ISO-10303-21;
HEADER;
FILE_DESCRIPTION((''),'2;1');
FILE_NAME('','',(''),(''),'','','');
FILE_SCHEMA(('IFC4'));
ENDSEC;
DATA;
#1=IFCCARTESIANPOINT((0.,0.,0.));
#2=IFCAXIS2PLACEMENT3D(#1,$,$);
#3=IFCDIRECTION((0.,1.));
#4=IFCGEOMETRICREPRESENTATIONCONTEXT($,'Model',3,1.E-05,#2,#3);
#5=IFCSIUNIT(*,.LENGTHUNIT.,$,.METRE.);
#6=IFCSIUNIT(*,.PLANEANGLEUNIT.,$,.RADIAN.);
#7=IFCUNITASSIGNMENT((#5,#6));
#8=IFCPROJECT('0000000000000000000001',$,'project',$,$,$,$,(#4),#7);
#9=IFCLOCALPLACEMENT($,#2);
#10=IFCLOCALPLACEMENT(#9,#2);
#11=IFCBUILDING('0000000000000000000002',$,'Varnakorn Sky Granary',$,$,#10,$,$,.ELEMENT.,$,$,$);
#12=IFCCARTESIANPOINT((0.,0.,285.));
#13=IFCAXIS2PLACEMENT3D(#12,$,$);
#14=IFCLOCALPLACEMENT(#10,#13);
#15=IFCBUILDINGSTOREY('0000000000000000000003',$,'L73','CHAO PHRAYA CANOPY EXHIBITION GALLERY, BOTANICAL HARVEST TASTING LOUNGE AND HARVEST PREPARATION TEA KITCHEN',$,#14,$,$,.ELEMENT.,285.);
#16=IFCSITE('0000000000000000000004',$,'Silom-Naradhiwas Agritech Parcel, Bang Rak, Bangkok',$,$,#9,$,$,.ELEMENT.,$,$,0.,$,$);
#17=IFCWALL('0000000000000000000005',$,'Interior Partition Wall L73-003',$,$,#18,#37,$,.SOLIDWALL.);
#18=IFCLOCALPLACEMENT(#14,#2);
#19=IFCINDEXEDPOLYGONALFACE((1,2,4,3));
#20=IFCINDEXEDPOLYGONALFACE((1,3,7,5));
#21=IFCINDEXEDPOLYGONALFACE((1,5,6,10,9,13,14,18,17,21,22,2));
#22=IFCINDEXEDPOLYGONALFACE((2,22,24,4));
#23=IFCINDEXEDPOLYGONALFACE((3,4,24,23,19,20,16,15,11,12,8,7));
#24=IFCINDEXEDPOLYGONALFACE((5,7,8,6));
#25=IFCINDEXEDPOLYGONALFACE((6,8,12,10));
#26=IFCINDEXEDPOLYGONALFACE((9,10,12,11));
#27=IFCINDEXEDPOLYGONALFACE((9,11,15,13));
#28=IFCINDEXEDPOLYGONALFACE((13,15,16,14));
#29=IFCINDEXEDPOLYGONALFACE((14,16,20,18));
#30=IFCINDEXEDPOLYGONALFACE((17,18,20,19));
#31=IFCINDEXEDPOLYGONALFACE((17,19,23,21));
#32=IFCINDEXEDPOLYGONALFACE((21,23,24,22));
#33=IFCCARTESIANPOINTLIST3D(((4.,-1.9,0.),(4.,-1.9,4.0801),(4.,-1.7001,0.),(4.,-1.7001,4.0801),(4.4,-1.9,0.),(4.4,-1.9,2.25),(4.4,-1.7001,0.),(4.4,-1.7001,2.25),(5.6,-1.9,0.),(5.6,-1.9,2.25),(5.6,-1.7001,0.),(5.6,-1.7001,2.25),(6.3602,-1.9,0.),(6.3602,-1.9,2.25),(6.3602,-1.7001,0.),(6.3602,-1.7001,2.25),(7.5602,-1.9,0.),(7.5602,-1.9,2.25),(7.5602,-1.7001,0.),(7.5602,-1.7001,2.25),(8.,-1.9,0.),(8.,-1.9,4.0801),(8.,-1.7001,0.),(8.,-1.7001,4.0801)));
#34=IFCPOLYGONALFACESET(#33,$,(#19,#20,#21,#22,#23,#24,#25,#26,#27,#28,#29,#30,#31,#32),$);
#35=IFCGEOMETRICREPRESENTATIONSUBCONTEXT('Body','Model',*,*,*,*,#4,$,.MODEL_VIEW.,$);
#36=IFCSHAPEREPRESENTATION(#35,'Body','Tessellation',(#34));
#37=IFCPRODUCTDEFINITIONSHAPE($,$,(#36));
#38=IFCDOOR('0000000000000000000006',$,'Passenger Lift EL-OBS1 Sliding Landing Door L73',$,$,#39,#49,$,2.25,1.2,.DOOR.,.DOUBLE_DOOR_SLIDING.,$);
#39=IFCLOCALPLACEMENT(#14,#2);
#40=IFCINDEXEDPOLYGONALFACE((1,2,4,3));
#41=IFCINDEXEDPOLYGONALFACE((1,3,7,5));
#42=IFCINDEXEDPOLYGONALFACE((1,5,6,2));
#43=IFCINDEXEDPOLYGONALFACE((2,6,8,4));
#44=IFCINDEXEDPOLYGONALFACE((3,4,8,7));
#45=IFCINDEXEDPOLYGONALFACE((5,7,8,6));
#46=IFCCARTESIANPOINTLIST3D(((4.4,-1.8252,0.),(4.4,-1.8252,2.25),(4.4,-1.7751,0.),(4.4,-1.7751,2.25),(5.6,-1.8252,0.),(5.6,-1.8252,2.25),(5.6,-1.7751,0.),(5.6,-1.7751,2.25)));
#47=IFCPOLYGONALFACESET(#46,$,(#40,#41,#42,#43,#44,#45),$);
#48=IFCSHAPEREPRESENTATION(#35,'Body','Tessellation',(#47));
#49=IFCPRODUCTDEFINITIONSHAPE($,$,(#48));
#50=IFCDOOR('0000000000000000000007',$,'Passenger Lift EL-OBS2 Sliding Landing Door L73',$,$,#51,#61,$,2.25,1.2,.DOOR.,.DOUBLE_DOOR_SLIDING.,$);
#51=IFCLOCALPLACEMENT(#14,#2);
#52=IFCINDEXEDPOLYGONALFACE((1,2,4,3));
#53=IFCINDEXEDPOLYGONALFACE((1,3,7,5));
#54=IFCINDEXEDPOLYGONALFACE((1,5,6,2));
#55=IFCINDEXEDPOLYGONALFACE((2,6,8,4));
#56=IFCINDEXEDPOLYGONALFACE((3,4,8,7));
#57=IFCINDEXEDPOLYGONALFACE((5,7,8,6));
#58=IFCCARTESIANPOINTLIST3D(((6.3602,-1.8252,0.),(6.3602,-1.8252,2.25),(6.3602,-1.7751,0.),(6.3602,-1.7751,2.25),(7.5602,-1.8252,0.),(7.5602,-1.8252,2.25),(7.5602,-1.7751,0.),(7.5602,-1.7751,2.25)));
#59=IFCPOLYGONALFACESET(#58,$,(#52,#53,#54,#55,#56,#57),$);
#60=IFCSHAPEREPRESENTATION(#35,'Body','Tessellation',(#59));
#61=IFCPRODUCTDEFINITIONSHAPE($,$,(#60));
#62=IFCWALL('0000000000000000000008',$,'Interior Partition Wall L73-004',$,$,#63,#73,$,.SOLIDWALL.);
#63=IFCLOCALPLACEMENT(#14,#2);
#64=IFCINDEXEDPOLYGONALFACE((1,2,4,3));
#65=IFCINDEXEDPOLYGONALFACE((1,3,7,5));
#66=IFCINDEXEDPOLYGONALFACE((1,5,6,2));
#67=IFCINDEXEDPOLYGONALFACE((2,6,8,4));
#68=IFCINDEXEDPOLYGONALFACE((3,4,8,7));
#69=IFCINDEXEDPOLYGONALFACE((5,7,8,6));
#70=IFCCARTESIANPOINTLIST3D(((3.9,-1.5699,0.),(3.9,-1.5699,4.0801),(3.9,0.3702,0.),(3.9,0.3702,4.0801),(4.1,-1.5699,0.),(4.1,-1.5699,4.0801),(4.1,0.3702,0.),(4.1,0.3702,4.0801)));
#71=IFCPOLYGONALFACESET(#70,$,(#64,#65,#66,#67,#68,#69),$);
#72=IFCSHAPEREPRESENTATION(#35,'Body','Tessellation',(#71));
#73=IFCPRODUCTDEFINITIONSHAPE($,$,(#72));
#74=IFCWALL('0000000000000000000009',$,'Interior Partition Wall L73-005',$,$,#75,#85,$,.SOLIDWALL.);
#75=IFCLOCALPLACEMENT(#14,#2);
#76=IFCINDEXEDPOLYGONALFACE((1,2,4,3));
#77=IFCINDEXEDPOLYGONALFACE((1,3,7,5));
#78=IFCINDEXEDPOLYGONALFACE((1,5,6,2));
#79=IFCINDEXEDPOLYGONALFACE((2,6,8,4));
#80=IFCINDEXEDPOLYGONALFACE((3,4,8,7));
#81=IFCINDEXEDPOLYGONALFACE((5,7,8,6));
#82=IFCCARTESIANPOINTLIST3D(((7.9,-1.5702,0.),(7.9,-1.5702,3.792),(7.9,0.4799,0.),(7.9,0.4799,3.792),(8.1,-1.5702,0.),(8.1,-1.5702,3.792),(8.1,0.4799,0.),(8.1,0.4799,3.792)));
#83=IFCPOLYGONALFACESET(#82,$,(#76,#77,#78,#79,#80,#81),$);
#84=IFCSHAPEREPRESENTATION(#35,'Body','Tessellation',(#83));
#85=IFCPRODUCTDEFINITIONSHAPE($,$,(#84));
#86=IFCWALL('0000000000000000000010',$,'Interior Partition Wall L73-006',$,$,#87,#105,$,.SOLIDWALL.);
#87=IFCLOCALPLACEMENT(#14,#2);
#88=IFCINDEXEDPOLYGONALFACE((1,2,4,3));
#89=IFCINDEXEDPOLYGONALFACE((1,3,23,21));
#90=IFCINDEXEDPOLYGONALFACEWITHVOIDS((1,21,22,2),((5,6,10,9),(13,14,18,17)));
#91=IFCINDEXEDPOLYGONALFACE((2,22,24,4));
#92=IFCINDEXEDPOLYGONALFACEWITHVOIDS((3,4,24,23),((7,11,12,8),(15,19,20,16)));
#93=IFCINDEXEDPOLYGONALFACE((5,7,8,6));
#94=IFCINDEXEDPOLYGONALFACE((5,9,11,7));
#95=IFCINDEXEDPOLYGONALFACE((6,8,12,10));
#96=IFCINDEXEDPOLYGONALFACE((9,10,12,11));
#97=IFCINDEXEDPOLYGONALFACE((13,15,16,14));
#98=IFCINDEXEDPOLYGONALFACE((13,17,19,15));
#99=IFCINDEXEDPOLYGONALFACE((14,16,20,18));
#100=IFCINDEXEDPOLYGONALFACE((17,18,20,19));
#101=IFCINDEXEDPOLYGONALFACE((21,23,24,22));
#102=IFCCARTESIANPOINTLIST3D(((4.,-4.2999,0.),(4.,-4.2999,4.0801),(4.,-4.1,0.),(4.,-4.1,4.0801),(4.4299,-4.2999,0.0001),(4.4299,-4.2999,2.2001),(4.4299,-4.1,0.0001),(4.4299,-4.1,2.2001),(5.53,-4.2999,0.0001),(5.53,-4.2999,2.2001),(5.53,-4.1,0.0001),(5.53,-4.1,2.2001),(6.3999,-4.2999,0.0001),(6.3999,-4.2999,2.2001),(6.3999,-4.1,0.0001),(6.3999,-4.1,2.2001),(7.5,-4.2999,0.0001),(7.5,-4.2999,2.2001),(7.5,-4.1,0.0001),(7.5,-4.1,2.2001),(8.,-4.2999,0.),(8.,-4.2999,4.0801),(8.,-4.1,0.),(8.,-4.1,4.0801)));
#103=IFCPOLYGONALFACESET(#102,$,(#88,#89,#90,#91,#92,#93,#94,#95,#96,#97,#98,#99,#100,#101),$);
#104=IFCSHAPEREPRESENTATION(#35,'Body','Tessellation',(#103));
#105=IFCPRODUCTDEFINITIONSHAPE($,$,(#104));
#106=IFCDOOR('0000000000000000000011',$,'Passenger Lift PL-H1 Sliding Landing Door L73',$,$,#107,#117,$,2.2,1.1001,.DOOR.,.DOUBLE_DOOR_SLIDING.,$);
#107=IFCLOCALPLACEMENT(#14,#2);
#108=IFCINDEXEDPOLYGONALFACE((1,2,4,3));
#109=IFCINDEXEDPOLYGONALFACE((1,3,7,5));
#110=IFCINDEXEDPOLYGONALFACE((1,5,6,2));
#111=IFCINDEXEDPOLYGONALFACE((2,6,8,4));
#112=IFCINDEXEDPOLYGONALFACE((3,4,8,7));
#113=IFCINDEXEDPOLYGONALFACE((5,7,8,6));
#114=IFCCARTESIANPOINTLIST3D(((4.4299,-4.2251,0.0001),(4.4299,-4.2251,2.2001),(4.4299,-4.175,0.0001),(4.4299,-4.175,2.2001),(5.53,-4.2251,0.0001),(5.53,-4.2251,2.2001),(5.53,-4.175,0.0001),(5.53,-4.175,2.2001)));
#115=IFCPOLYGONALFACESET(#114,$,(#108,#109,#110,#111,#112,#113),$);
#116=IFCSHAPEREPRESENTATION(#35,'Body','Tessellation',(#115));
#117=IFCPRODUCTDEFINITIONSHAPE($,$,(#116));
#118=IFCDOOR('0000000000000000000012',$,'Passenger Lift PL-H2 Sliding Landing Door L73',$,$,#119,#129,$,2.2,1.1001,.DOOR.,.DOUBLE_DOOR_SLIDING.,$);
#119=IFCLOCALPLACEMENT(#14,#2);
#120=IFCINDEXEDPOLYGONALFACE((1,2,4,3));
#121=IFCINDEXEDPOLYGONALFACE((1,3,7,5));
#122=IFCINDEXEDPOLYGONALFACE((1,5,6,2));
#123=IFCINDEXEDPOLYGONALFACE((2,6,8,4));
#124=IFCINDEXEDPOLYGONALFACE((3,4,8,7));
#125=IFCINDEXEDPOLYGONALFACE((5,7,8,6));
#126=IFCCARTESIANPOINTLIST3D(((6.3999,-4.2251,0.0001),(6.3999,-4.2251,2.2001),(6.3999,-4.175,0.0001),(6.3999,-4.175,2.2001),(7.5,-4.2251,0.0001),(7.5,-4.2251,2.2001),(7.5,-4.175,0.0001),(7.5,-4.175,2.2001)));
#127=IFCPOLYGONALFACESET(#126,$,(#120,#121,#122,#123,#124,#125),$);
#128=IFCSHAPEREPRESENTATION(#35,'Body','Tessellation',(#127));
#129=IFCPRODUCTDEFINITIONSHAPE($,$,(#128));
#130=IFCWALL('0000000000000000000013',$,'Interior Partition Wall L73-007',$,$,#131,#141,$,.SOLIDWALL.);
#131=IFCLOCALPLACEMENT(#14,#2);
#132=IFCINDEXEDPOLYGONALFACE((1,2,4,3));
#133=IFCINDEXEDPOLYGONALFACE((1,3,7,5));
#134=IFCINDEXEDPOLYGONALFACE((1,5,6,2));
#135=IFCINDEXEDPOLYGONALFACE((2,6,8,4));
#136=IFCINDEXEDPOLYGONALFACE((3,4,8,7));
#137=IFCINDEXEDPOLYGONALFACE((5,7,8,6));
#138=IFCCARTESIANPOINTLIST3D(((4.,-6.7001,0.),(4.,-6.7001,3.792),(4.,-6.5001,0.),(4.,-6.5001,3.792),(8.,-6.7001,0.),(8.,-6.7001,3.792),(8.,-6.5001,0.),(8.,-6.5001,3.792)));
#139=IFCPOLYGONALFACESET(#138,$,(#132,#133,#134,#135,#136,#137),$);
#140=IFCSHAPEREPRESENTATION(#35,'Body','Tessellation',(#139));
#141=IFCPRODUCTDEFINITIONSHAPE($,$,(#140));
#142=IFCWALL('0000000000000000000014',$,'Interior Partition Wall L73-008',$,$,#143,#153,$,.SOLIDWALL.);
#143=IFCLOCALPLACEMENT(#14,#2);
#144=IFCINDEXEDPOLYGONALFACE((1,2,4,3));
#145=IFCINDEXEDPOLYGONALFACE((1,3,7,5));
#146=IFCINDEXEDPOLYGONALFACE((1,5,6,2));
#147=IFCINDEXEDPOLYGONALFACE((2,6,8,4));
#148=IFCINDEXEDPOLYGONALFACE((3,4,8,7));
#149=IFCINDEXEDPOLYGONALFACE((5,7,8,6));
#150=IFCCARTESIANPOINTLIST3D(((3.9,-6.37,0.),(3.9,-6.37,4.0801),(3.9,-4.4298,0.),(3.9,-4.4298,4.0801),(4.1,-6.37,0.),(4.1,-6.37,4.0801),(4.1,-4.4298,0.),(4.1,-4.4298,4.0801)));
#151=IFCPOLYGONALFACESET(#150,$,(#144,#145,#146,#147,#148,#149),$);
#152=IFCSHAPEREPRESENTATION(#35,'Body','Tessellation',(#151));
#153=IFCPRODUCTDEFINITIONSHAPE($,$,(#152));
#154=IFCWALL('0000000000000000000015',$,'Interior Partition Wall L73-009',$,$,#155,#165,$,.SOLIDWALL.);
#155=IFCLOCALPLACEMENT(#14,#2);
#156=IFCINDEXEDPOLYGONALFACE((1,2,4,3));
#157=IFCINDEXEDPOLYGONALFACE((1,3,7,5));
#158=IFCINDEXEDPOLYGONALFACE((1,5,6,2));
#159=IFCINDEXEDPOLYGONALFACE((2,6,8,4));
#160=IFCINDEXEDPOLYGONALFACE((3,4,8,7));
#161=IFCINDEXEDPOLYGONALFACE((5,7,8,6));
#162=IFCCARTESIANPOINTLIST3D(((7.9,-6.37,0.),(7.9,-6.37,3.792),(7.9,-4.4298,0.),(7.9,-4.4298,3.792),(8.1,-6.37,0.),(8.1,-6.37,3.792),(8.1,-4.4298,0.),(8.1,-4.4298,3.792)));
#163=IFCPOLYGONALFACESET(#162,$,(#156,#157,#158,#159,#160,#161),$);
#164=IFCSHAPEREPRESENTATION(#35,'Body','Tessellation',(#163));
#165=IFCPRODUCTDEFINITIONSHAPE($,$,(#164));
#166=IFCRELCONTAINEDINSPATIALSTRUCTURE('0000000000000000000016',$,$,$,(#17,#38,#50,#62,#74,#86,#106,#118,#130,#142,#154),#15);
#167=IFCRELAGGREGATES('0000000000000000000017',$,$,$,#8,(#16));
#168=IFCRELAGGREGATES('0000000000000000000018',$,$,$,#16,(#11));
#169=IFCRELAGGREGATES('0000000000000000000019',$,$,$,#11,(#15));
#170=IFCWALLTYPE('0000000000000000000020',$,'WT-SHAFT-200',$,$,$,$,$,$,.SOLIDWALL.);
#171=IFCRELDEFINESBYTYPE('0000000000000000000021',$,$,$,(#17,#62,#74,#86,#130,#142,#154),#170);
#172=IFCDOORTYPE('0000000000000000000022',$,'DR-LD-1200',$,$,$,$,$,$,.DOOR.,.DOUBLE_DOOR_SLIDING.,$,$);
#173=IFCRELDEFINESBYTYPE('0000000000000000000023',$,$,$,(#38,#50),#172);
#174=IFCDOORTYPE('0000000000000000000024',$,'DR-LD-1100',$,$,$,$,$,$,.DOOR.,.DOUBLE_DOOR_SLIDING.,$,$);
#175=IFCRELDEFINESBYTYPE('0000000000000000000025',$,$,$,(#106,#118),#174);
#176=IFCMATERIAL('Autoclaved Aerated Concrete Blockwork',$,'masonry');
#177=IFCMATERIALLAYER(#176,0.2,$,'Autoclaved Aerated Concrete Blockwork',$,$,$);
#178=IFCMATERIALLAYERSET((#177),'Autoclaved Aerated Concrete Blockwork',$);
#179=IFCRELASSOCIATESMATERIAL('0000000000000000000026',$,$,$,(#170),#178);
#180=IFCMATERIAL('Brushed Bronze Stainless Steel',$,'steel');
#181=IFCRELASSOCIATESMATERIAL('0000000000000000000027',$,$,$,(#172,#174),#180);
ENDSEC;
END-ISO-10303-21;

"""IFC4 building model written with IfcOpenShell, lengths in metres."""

from ifc_helpers import new_model, si_unit, direction, frame, frame_2d, origin, place, context, subcontext, project, spatial, rectangle, extrude, material, layer, layer_set, type_object, element, fill, save


model = new_model("IFC4")

# Units and contexts
model_context = context("Model", 3, precision=1e-05, world=origin(), true_north=direction((0.0, 1.0)))
body_context = subcontext(model_context, "Body", "Model", "MODEL_VIEW")
ifc_project = project(units=[si_unit("LENGTHUNIT", "METRE"), si_unit("PLANEANGLEUNIT", "RADIAN")], contexts=[model_context])

# Site, building, storey
site_placement = place(None, origin())
site = spatial("IfcSite", under=ifc_project, at=site_placement, Name="Silom-Naradhiwas Agritech Parcel, Bang Rak, Bangkok", CompositionType="ELEMENT", RefElevation=0.0)
building_placement = place(site_placement, origin())
building = spatial("IfcBuilding", under=site, at=building_placement, Name="Varnakorn Sky Granary", CompositionType="ELEMENT")
storey_placement = place(building_placement, frame((0.0, 0.0, 285.0)))
storey = spatial("IfcBuildingStorey", under=building, at=storey_placement, Name="L73", Description="CHAO PHRAYA CANOPY EXHIBITION GALLERY, BOTANICAL HARVEST TASTING LOUNGE AND HARVEST PREPARATION TEA KITCHEN", CompositionType="ELEMENT", Elevation=285.0)

# Shared definitions
ifc_material_1 = material(Name="Autoclaved Aerated Concrete Blockwork", Category="masonry")

# Wall, openings, doors
ifc_layer_1 = layer(ifc_material_1, 0.2, Name="Autoclaved Aerated Concrete Blockwork")
ifc_layer_set_1 = layer_set([ifc_layer_1], Name="Autoclaved Aerated Concrete Blockwork")
wall_type_1 = type_object("IfcWallType", Name="WT-SHAFT-200", PredefinedType="SOLIDWALL", material=ifc_layer_set_1)
wall_1_placement = place(storey_placement, frame((4.0, -1.8, 0.0), z_axis=(0.0, 0.0, 1.0), x_axis=(1.0, 0.0, 0.0)))
wall_1 = element("IfcWall", 1, at=wall_1_placement, inside=storey, type_object=wall_type_1, Name="Interior Partition Wall L73-003", PredefinedType="SOLIDWALL", context=body_context, shape_type="SweptSolid", body=[
    extrude(rectangle(XDim=4.0, YDim=0.2, at=frame_2d((2.0, 0.0))), origin(), (0.0, 0.0, 1.0), 4.0801),
])
opening_1_placement = place(wall_1_placement, frame((0.3999, 0.0, 0.0)))
opening_1 = element("IfcOpeningElement", 2, at=opening_1_placement, cuts=wall_1, PredefinedType="OPENING", context=body_context, shape_type="SweptSolid", body=[
    extrude(rectangle(XDim=1.2, YDim=2.25, at=frame_2d((0.6001, 1.125))), frame((0.0, 0.1099, 0.0), z_axis=(0.0, -1.0, 0.0), x_axis=(1.0, 0.0, 0.0)), (0.0, 0.0, 1.0), 0.22),
])
opening_2_placement = place(wall_1_placement, frame((2.3601, 0.0, 0.0)))
opening_2 = element("IfcOpeningElement", 3, at=opening_2_placement, cuts=wall_1, PredefinedType="OPENING", context=body_context, shape_type="SweptSolid", body=[
    extrude(rectangle(XDim=1.2, YDim=2.25, at=frame_2d((0.6001, 1.125))), frame((0.0, 0.1099, 0.0), z_axis=(0.0, -1.0, 0.0), x_axis=(1.0, 0.0, 0.0)), (0.0, 0.0, 1.0), 0.22),
])
ifc_material_2 = material(Name="Brushed Bronze Stainless Steel", Category="steel")
door_type_1 = type_object("IfcDoorType", Name="DR-LD-1200", OperationType="DOUBLE_DOOR_SLIDING", PredefinedType="DOOR", material=ifc_material_2)
door_1_placement = place(opening_1_placement, origin())
door_1 = element("IfcDoor", 4, at=door_1_placement, inside=storey, type_object=door_type_1, Name="Passenger Lift EL-OBS1 Sliding Landing Door L73", OperationType="DOUBLE_DOOR_SLIDING", OverallHeight=2.25, OverallWidth=1.2, PredefinedType="DOOR", context=body_context, shape_type="SweptSolid", body=[
    extrude(rectangle(XDim=1.2, YDim=2.25, at=frame_2d((0.6001, 1.125))), frame((0.0, 0.0249, 0.0), z_axis=(0.0, -1.0, 0.0), x_axis=(1.0, 0.0, 0.0)), (0.0, 0.0, 1.0), 0.05),
])
fill(opening_1, door_1)
door_2_placement = place(opening_2_placement, origin())
door_2 = element("IfcDoor", 5, at=door_2_placement, inside=storey, type_object=door_type_1, Name="Passenger Lift EL-OBS2 Sliding Landing Door L73", OperationType="DOUBLE_DOOR_SLIDING", OverallHeight=2.25, OverallWidth=1.2, PredefinedType="DOOR", context=body_context, shape_type="SweptSolid", body=[
    extrude(rectangle(XDim=1.2, YDim=2.25, at=frame_2d((0.6001, 1.125))), frame((0.0, 0.0249, 0.0), z_axis=(0.0, -1.0, 0.0), x_axis=(1.0, 0.0, 0.0)), (0.0, 0.0, 1.0), 0.05),
])
fill(opening_2, door_2)

# Walls
wall_2_placement = place(storey_placement, frame((4.0, -1.5701, 0.0), z_axis=(0.0, 0.0, 1.0), x_axis=(0.0, 1.0, 0.0)))
element("IfcWall", 6, at=wall_2_placement, inside=storey, type_object=wall_type_1, Name="Interior Partition Wall L73-004", PredefinedType="SOLIDWALL", context=body_context, shape_type="SweptSolid", body=[
    extrude(rectangle(XDim=1.9402, YDim=0.2, at=frame_2d((0.9702, 0.0))), origin(), (0.0, 0.0, 1.0), 4.0801),
])
wall_3_placement = place(storey_placement, frame((8.0, -1.5701, 0.0), z_axis=(0.0, 0.0, 1.0), x_axis=(0.0, 1.0, 0.0)))
element("IfcWall", 7, at=wall_3_placement, inside=storey, type_object=wall_type_1, Name="Interior Partition Wall L73-005", PredefinedType="SOLIDWALL", context=body_context, shape_type="SweptSolid", body=[
    extrude(rectangle(XDim=2.05, YDim=0.2, at=frame_2d((1.0249, 0.0))), origin(), (0.0, 0.0, 1.0), 3.792),
])

# Wall, openings, doors
wall_4_placement = place(storey_placement, frame((4.0, -4.2, 0.0), z_axis=(0.0, 0.0, 1.0), x_axis=(1.0, 0.0, 0.0)))
wall_4 = element("IfcWall", 8, at=wall_4_placement, inside=storey, type_object=wall_type_1, Name="Interior Partition Wall L73-006", PredefinedType="SOLIDWALL", context=body_context, shape_type="SweptSolid", body=[
    extrude(rectangle(XDim=4.0, YDim=0.2, at=frame_2d((2.0, 0.0))), origin(), (0.0, 0.0, 1.0), 4.0801),
])
opening_3_placement = place(wall_4_placement, frame((0.4299, 0.0, 0.0)))
opening_3 = element("IfcOpeningElement", 9, at=opening_3_placement, cuts=wall_4, PredefinedType="OPENING", context=body_context, shape_type="SweptSolid", body=[
    extrude(rectangle(XDim=1.1001, YDim=2.2, at=frame_2d((0.55, 1.1001))), frame((0.0, 0.1099, 0.0), z_axis=(0.0, -1.0, 0.0), x_axis=(1.0, 0.0, 0.0)), (0.0, 0.0, 1.0), 0.22),
])
opening_4_placement = place(wall_4_placement, frame((2.3999, 0.0, 0.0)))
opening_4 = element("IfcOpeningElement", 10, at=opening_4_placement, cuts=wall_4, PredefinedType="OPENING", context=body_context, shape_type="SweptSolid", body=[
    extrude(rectangle(XDim=1.1001, YDim=2.2, at=frame_2d((0.55, 1.1001))), frame((0.0, 0.1099, 0.0), z_axis=(0.0, -1.0, 0.0), x_axis=(1.0, 0.0, 0.0)), (0.0, 0.0, 1.0), 0.22),
])
door_type_2 = type_object("IfcDoorType", Name="DR-LD-1100", OperationType="DOUBLE_DOOR_SLIDING", PredefinedType="DOOR", material=ifc_material_2)
door_3_placement = place(opening_3_placement, origin())
door_3 = element("IfcDoor", 11, at=door_3_placement, inside=storey, type_object=door_type_2, Name="Passenger Lift PL-H1 Sliding Landing Door L73", OperationType="DOUBLE_DOOR_SLIDING", OverallHeight=2.2, OverallWidth=1.1001, PredefinedType="DOOR", context=body_context, shape_type="SweptSolid", body=[
    extrude(rectangle(XDim=1.1001, YDim=2.2, at=frame_2d((0.55, 1.1001))), frame((0.0, 0.0249, 0.0), z_axis=(0.0, -1.0, 0.0), x_axis=(1.0, 0.0, 0.0)), (0.0, 0.0, 1.0), 0.05),
])
fill(opening_3, door_3)
door_4_placement = place(opening_4_placement, origin())
door_4 = element("IfcDoor", 12, at=door_4_placement, inside=storey, type_object=door_type_2, Name="Passenger Lift PL-H2 Sliding Landing Door L73", OperationType="DOUBLE_DOOR_SLIDING", OverallHeight=2.2, OverallWidth=1.1001, PredefinedType="DOOR", context=body_context, shape_type="SweptSolid", body=[
    extrude(rectangle(XDim=1.1001, YDim=2.2, at=frame_2d((0.55, 1.1001))), frame((0.0, 0.0249, 0.0), z_axis=(0.0, -1.0, 0.0), x_axis=(1.0, 0.0, 0.0)), (0.0, 0.0, 1.0), 0.05),
])
fill(opening_4, door_4)

# Walls
wall_5_placement = place(storey_placement, frame((4.0, -6.6001, 0.0), z_axis=(0.0, 0.0, 1.0), x_axis=(1.0, 0.0, 0.0)))
element("IfcWall", 13, at=wall_5_placement, inside=storey, type_object=wall_type_1, Name="Interior Partition Wall L73-007", PredefinedType="SOLIDWALL", context=body_context, shape_type="SweptSolid", body=[
    extrude(rectangle(XDim=4.0, YDim=0.2, at=frame_2d((2.0, 0.0))), origin(), (0.0, 0.0, 1.0), 3.792),
])
wall_6_placement = place(storey_placement, frame((4.0, -6.3701, 0.0), z_axis=(0.0, 0.0, 1.0), x_axis=(0.0, 1.0, 0.0)))
element("IfcWall", 14, at=wall_6_placement, inside=storey, type_object=wall_type_1, Name="Interior Partition Wall L73-008", PredefinedType="SOLIDWALL", context=body_context, shape_type="SweptSolid", body=[
    extrude(rectangle(XDim=1.9402, YDim=0.2, at=frame_2d((0.9702, 0.0))), origin(), (0.0, 0.0, 1.0), 4.0801),
])
wall_7_placement = place(storey_placement, frame((8.0, -6.3701, 0.0), z_axis=(0.0, 0.0, 1.0), x_axis=(0.0, 1.0, 0.0)))
element("IfcWall", 15, at=wall_7_placement, inside=storey, type_object=wall_type_1, Name="Interior Partition Wall L73-009", PredefinedType="SOLIDWALL", context=body_context, shape_type="SweptSolid", body=[
    extrude(rectangle(XDim=1.9402, YDim=0.2, at=frame_2d((0.9702, 0.0))), origin(), (0.0, 0.0, 1.0), 3.792),
])

save(model, "model.ifc")
